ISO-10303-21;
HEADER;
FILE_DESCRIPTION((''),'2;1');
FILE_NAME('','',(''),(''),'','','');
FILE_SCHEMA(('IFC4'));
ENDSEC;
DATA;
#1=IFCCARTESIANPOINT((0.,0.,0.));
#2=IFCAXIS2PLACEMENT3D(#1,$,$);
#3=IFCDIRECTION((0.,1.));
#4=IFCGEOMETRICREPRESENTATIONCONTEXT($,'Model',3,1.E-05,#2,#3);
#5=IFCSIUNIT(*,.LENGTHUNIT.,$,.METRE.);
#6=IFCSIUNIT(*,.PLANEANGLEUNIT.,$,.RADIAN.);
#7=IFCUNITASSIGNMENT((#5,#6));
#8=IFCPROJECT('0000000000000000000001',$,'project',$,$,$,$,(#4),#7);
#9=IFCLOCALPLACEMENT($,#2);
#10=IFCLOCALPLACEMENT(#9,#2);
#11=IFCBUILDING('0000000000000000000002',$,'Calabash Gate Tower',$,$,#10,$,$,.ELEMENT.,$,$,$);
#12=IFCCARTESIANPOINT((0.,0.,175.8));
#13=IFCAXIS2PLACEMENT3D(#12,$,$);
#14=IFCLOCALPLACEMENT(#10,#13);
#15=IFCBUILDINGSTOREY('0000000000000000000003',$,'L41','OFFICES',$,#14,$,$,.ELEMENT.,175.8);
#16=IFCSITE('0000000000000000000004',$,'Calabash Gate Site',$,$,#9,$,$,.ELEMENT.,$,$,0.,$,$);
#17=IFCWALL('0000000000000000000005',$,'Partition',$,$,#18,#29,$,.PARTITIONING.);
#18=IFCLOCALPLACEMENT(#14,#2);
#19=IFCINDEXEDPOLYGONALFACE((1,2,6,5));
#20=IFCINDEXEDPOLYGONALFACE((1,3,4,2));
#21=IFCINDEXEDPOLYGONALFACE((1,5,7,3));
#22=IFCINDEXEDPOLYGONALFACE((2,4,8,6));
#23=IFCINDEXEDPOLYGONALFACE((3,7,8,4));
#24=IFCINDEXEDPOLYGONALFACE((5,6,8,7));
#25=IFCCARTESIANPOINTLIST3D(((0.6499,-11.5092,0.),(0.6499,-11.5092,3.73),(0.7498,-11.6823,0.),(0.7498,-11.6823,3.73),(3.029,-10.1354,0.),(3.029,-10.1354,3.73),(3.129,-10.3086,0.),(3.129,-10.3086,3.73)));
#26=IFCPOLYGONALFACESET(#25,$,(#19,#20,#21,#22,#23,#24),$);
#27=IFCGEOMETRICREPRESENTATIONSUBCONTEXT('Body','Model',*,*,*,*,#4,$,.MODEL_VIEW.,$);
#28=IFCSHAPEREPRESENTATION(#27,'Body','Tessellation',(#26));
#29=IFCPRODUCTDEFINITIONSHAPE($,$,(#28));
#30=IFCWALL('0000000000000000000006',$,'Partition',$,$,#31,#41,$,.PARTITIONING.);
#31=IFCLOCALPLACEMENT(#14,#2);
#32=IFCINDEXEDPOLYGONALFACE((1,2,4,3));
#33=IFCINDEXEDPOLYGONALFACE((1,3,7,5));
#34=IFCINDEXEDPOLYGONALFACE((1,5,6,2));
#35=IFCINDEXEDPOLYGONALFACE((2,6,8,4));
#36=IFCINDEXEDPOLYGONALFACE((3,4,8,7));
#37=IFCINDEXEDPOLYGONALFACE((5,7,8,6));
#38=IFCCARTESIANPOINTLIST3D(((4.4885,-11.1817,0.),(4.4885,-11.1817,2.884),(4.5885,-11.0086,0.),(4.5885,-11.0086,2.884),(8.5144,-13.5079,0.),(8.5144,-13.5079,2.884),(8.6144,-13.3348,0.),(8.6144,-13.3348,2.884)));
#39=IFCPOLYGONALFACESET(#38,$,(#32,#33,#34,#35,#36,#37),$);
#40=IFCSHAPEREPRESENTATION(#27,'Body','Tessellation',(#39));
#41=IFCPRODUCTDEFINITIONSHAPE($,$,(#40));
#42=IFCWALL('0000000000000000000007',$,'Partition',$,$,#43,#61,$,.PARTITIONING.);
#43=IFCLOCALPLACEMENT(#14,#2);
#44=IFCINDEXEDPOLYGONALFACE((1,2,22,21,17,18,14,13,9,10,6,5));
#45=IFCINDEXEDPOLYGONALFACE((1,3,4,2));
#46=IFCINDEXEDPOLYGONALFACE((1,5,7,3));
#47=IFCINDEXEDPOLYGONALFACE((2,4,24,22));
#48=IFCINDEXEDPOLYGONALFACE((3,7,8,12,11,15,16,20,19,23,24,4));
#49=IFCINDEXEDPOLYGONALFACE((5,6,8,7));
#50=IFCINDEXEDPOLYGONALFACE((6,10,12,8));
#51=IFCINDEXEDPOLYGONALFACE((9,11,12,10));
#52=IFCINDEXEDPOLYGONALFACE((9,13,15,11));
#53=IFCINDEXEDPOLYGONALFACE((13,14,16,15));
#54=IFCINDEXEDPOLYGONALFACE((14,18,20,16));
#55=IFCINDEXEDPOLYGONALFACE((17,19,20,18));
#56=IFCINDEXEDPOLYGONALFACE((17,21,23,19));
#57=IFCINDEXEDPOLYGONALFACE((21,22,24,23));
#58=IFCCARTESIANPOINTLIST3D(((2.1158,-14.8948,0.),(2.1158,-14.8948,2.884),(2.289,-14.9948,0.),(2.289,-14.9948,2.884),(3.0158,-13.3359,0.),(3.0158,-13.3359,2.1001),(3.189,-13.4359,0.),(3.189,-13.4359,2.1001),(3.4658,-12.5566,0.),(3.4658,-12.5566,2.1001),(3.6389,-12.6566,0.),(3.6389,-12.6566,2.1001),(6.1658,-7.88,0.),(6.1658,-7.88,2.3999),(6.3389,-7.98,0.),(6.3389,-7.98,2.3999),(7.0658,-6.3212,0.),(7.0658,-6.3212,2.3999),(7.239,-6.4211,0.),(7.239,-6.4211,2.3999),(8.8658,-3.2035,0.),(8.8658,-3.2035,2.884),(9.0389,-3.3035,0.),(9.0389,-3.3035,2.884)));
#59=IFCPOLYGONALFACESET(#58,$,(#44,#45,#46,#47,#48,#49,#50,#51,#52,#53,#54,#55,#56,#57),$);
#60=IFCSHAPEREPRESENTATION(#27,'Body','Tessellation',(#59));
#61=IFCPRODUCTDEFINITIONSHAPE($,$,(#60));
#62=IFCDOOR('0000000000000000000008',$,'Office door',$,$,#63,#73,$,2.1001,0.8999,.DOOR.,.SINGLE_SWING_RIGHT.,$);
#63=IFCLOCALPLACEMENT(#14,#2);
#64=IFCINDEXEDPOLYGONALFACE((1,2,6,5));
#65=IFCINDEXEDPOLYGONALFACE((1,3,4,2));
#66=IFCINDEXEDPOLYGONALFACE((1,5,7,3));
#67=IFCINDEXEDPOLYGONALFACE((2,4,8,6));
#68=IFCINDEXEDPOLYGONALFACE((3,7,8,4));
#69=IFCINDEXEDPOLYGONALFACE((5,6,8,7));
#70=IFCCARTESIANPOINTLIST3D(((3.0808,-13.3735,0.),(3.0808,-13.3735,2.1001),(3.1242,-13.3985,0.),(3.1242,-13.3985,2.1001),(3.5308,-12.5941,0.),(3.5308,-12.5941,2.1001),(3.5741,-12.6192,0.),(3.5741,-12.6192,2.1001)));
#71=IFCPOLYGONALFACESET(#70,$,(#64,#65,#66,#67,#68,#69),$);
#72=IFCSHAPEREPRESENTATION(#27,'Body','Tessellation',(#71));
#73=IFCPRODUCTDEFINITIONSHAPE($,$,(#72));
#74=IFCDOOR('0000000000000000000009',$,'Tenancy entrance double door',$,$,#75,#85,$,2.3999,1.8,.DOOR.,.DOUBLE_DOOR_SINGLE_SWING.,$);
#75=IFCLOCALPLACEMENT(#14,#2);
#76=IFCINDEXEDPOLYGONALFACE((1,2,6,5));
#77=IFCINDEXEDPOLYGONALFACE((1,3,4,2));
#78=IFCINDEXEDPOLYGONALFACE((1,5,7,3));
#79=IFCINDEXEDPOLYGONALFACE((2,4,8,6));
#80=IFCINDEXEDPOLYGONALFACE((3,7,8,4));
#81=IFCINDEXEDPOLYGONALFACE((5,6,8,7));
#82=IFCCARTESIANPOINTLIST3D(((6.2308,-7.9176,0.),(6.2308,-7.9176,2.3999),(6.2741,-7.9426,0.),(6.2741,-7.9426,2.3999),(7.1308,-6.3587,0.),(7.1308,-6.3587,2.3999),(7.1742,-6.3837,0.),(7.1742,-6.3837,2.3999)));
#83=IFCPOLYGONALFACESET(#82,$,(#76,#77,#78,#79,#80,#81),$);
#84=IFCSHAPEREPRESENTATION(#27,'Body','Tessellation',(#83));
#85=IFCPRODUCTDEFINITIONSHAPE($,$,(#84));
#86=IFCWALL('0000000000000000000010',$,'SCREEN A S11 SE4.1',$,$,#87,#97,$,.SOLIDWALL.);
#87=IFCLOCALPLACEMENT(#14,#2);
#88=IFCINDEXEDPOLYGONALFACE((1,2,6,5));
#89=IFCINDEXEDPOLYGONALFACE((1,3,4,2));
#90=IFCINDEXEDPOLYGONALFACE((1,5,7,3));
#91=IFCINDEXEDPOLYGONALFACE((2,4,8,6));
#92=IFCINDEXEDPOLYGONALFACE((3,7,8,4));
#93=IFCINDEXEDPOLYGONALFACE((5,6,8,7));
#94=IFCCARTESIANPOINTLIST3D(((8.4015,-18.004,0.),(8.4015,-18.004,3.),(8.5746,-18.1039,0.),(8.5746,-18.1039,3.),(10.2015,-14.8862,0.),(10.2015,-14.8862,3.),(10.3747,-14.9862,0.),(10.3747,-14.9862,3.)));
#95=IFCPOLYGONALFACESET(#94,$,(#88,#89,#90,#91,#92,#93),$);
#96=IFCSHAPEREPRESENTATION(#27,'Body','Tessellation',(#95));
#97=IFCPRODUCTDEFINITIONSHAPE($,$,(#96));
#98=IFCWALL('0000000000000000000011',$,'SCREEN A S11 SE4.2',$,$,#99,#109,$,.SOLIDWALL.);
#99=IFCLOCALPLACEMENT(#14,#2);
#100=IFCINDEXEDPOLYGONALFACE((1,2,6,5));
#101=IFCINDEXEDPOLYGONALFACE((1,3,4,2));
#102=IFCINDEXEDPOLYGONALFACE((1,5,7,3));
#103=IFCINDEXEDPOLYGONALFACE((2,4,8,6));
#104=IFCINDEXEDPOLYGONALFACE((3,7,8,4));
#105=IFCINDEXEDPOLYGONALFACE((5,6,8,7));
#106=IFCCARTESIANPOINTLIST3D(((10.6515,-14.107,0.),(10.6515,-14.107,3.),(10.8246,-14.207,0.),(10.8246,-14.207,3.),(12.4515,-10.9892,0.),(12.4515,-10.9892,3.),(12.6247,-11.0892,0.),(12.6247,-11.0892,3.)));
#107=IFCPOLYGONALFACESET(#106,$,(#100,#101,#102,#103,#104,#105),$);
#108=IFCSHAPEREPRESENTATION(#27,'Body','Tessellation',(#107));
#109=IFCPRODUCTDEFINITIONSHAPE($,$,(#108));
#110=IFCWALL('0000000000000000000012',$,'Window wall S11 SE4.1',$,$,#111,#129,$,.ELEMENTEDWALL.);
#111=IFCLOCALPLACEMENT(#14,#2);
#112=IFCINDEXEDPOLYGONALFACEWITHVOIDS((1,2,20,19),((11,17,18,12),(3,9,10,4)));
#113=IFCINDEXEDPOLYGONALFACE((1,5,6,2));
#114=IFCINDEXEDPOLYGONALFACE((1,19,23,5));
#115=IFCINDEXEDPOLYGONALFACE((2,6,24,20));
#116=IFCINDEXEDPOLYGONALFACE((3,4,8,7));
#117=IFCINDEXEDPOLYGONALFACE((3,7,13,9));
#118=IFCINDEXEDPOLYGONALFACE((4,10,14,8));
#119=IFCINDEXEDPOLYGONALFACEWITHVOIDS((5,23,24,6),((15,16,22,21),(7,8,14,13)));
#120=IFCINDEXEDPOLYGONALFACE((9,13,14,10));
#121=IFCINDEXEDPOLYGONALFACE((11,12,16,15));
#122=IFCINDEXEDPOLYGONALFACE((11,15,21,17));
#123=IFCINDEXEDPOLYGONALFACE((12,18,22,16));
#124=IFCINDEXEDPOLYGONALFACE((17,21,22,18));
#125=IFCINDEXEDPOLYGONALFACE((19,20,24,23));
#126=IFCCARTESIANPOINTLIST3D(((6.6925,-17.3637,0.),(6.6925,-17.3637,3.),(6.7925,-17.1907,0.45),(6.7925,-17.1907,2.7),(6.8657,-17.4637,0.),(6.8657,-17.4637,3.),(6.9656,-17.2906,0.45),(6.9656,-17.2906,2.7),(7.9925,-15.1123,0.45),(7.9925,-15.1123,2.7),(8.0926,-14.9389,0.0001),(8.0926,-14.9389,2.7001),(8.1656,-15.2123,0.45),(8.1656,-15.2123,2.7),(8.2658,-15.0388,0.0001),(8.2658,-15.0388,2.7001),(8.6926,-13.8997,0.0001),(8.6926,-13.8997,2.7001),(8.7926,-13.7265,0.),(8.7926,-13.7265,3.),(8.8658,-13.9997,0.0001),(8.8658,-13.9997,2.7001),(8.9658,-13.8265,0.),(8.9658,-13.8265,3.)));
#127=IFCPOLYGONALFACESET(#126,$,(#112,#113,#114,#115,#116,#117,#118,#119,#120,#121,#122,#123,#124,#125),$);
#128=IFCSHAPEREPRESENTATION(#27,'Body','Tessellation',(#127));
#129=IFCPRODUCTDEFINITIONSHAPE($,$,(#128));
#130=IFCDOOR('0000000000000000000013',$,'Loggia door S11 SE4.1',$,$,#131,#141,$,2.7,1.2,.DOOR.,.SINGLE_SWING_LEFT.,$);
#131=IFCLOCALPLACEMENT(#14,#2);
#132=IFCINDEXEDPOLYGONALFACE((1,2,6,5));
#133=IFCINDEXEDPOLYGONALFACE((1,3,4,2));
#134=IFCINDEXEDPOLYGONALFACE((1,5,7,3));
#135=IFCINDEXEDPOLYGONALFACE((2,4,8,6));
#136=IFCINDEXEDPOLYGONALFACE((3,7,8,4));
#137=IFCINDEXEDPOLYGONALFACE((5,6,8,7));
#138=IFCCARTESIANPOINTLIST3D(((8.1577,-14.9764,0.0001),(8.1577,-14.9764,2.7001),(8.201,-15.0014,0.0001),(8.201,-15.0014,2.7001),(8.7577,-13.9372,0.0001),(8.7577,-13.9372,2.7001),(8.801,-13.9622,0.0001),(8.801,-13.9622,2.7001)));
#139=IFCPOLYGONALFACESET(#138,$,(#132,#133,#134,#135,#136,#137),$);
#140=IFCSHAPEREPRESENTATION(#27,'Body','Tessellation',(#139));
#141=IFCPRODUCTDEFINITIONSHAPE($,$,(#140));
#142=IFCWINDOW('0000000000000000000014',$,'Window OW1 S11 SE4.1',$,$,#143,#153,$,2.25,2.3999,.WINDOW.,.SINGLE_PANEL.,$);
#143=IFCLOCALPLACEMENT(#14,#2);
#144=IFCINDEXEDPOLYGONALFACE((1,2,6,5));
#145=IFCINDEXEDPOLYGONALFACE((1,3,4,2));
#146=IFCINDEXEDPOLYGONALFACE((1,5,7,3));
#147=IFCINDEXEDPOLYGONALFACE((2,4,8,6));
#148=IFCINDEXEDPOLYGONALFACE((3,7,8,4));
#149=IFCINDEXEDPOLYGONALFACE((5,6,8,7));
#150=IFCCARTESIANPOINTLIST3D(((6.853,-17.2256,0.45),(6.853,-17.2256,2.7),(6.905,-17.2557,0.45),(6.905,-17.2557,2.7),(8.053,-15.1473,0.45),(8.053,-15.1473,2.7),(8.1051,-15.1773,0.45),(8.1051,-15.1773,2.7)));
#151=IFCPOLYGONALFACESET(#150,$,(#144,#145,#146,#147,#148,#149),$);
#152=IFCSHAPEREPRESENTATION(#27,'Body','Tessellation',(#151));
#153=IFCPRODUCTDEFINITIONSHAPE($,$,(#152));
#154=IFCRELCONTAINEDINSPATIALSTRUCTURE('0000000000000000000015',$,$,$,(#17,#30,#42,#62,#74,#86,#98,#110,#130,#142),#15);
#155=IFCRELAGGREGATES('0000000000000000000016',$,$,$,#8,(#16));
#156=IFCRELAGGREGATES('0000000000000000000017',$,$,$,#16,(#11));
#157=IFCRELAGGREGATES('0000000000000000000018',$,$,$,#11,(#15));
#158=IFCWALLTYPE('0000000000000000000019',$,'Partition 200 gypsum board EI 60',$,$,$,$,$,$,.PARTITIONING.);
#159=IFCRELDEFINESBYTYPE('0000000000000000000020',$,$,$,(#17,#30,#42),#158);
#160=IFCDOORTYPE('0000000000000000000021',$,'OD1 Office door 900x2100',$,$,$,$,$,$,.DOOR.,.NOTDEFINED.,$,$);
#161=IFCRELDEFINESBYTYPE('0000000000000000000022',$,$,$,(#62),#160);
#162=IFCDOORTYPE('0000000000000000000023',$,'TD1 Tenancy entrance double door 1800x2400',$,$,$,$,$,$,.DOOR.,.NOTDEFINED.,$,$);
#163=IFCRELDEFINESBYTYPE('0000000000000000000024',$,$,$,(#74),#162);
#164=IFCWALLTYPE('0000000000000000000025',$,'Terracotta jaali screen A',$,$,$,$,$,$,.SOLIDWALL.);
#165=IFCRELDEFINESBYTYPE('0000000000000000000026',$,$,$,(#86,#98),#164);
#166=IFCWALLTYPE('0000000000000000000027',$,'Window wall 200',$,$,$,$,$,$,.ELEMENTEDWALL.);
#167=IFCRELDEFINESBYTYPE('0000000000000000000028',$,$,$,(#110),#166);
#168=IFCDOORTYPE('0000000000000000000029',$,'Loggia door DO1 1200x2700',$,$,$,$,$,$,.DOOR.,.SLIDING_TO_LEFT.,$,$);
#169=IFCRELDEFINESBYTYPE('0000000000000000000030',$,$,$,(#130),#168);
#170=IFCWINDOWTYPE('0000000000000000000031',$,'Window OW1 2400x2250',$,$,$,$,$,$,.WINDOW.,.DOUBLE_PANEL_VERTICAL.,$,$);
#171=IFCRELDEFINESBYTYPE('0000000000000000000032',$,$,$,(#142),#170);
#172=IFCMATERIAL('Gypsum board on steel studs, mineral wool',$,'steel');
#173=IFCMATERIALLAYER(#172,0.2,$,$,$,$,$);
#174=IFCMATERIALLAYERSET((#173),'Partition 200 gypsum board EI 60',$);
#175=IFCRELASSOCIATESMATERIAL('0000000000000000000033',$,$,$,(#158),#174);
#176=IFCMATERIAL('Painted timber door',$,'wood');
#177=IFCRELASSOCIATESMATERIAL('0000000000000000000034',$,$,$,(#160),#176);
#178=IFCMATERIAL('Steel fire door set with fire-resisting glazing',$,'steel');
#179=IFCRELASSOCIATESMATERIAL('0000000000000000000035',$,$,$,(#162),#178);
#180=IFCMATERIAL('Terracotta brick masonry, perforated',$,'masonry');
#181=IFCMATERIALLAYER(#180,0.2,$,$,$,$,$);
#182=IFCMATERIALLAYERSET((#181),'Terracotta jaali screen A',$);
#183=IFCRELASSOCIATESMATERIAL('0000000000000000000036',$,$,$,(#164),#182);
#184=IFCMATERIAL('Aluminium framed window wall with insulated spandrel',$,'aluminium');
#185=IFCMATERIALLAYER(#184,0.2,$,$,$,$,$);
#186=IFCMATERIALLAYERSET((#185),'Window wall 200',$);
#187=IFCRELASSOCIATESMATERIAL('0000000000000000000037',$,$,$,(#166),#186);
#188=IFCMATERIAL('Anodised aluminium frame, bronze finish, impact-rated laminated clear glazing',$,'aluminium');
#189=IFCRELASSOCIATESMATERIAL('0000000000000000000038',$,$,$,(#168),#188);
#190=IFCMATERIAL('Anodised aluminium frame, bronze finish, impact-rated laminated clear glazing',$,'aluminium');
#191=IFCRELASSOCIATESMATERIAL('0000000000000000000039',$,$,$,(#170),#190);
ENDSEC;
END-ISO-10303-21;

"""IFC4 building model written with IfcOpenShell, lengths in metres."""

from ifc_helpers import new_model, si_unit, direction, frame, frame_2d, origin, place, context, subcontext, project, spatial, rectangle, extrude, material, layer, layer_set, type_object, element, fill, save


model = new_model("IFC4")

# Units and contexts
model_context = context("Model", 3, precision=1e-05, world=origin(), true_north=direction((0.0, 1.0)))
body_context = subcontext(model_context, "Body", "Model", "MODEL_VIEW")
ifc_project = project(units=[si_unit("LENGTHUNIT", "METRE"), si_unit("PLANEANGLEUNIT", "RADIAN")], contexts=[model_context])

# Site, building, storey
site_placement = place(None, origin())
site = spatial("IfcSite", under=ifc_project, at=site_placement, Name="Calabash Gate Site", CompositionType="ELEMENT", RefElevation=0.0)
building_placement = place(site_placement, origin())
building = spatial("IfcBuilding", under=site, at=building_placement, Name="Calabash Gate Tower", CompositionType="ELEMENT")
storey_placement = place(building_placement, frame((0.0, 0.0, 175.8)))
storey = spatial("IfcBuildingStorey", under=building, at=storey_placement, Name="L41", Description="OFFICES", CompositionType="ELEMENT", Elevation=175.8)

# Shared definitions
ifc_material_1 = material(Name="Gypsum board on steel studs, mineral wool", Category="steel")
ifc_layer_1 = layer(ifc_material_1, 0.2)
ifc_layer_set_1 = layer_set([ifc_layer_1], Name="Partition 200 gypsum board EI 60")
wall_type_1 = type_object("IfcWallType", Name="Partition 200 gypsum board EI 60", PredefinedType="PARTITIONING", material=ifc_layer_set_1)

# Walls
wall_1_placement = place(storey_placement, frame((0.7, -11.5957, 0.0), z_axis=(0.0, 0.0, 1.0), x_axis=(0.865998, 0.500048, 0.0)))
element("IfcWall", 1, at=wall_1_placement, inside=storey, type_object=wall_type_1, Name="Partition", PredefinedType="PARTITIONING", context=body_context, shape_type="SweptSolid", body=[
    extrude(rectangle(XDim=2.7473, YDim=0.2, at=frame_2d((1.3735, 0.0))), origin(), (0.0, 0.0, 1.0), 3.73),
])
wall_2_placement = place(storey_placement, frame((4.5386, -11.0952, 0.0), z_axis=(0.0, 0.0, 1.0), x_axis=(0.865855, -0.500295, 0.0)))
element("IfcWall", 2, at=wall_2_placement, inside=storey, type_object=wall_type_1, Name="Partition", PredefinedType="PARTITIONING", context=body_context, shape_type="SweptSolid", body=[
    extrude(rectangle(XDim=4.6497, YDim=0.2, at=frame_2d((2.3247, 0.0))), origin(), (0.0, 0.0, 1.0), 2.884),
])

# Wall, openings, doors
wall_3_placement = place(storey_placement, frame((2.2024, -14.9448, 0.0), z_axis=(0.0, 0.0, 1.0), x_axis=(0.499998, 0.866027, 0.0)))
wall_3 = element("IfcWall", 3, at=wall_3_placement, inside=storey, type_object=wall_type_1, Name="Partition", PredefinedType="PARTITIONING", context=body_context, shape_type="SweptSolid", body=[
    extrude(rectangle(XDim=13.5, YDim=0.2, at=frame_2d((6.75, 0.0))), origin(), (0.0, 0.0, 1.0), 2.884),
])
opening_1_placement = place(wall_3_placement, frame((1.8, 0.0, 0.0)))
opening_1 = element("IfcOpeningElement", 4, at=opening_1_placement, cuts=wall_3, PredefinedType="OPENING", context=body_context, shape_type="SweptSolid", body=[
    extrude(rectangle(XDim=0.8999, YDim=2.1001, at=frame_2d((0.45, 1.05))), frame((0.0, 0.1099, 0.0), z_axis=(0.0, -1.0, 0.0), x_axis=(1.0, 0.0, 0.0)), (0.0, 0.0, 1.0), 0.22),
])
opening_2_placement = place(wall_3_placement, frame((8.1001, 0.0, 0.0)))
opening_2 = element("IfcOpeningElement", 5, at=opening_2_placement, cuts=wall_3, PredefinedType="OPENING", context=body_context, shape_type="SweptSolid", body=[
    extrude(rectangle(XDim=1.8, YDim=2.3999, at=frame_2d((0.8999, 1.2))), frame((0.0, 0.1099, 0.0), z_axis=(0.0, -1.0, 0.0), x_axis=(1.0, 0.0, 0.0)), (0.0, 0.0, 1.0), 0.22),
])
ifc_material_2 = material(Name="Painted timber door", Category="wood")
door_type_1 = type_object("IfcDoorType", Name="OD1 Office door 900x2100", OperationType="NOTDEFINED", PredefinedType="DOOR", material=ifc_material_2)
door_1_placement = place(opening_1_placement, origin())
door_1 = element("IfcDoor", 6, at=door_1_placement, inside=storey, type_object=door_type_1, Name="Office door", OperationType="SINGLE_SWING_RIGHT", OverallHeight=2.1001, OverallWidth=0.8999, PredefinedType="DOOR", context=body_context, shape_type="SweptSolid", body=[
    extrude(rectangle(XDim=0.8999, YDim=2.1001, at=frame_2d((0.45, 1.05))), frame((0.0, 0.0249, 0.0), z_axis=(0.0, -1.0, 0.0), x_axis=(1.0, 0.0, 0.0)), (0.0, 0.0, 1.0), 0.05),
])
fill(opening_1, door_1)
ifc_material_3 = material(Name="Steel fire door set with fire-resisting glazing", Category="steel")
door_type_2 = type_object("IfcDoorType", Name="TD1 Tenancy entrance double door 1800x2400", OperationType="NOTDEFINED", PredefinedType="DOOR", material=ifc_material_3)
door_2_placement = place(opening_2_placement, origin())
door_2 = element("IfcDoor", 7, at=door_2_placement, inside=storey, type_object=door_type_2, Name="Tenancy entrance double door", OperationType="DOUBLE_DOOR_SINGLE_SWING", OverallHeight=2.3999, OverallWidth=1.8, PredefinedType="DOOR", context=body_context, shape_type="SweptSolid", body=[
    extrude(rectangle(XDim=1.8, YDim=2.3999, at=frame_2d((0.8999, 1.2))), frame((0.0, 0.0249, 0.0), z_axis=(0.0, -1.0, 0.0), x_axis=(1.0, 0.0, 0.0)), (0.0, 0.0, 1.0), 0.05),
])
fill(opening_2, door_2)

# Walls
ifc_material_4 = material(Name="Terracotta brick masonry, perforated", Category="masonry")
ifc_layer_2 = layer(ifc_material_4, 0.2)
ifc_layer_set_2 = layer_set([ifc_layer_2], Name="Terracotta jaali screen A")
wall_type_2 = type_object("IfcWallType", Name="Terracotta jaali screen A", PredefinedType="SOLIDWALL", material=ifc_layer_set_2)
for number, where, z_axis, x_axis, name in (
    (8, (8.488, -18.054, 0.0), (0.0, 0.0, 1.0), (0.500012, 0.866018, 0.0), "SCREEN A S11 SE4.1"),
    (9, (10.738, -14.157, 0.0), (0.0, 0.0, 1.0), (0.500012, 0.866018, 0.0), "SCREEN A S11 SE4.2"),
):
    element("IfcWall", number, at=place(storey_placement, frame(where, z_axis=z_axis, x_axis=x_axis)), inside=storey, type_object=wall_type_2, Name=name, PredefinedType="SOLIDWALL", context=body_context, shape_type="SweptSolid", body=[
        extrude(rectangle(XDim=3.6001, YDim=0.2, at=frame_2d((1.8, 0.0))), origin(), (0.0, 0.0, 1.0), 3.0),
    ])

# Wall, openings, door, window
ifc_material_5 = material(Name="Aluminium framed window wall with insulated spandrel", Category="aluminium")
ifc_layer_3 = layer(ifc_material_5, 0.2)
ifc_layer_set_3 = layer_set([ifc_layer_3], Name="Window wall 200")
wall_type_3 = type_object("IfcWallType", Name="Window wall 200", PredefinedType="ELEMENTEDWALL", material=ifc_layer_set_3)
wall_4_placement = place(storey_placement, frame((6.7791, -17.4138, 0.0), z_axis=(0.0, 0.0, 1.0), x_axis=(0.500028, 0.866009, 0.0)))
wall_4 = element("IfcWall", 10, at=wall_4_placement, inside=storey, type_object=wall_type_3, Name="Window wall S11 SE4.1", PredefinedType="ELEMENTEDWALL", context=body_context, shape_type="SweptSolid", body=[
    extrude(rectangle(XDim=4.2, YDim=0.2, at=frame_2d((2.1001, 0.0))), origin(), (0.0, 0.0, 1.0), 3.0),
])
opening_3_placement = place(wall_4_placement, frame((0.2, 0.0, 0.45)))
opening_3 = element("IfcOpeningElement", 11, at=opening_3_placement, cuts=wall_4, PredefinedType="OPENING", context=body_context, shape_type="SweptSolid", body=[
    extrude(rectangle(XDim=2.3999, YDim=2.25, at=frame_2d((1.2, 1.125))), frame((0.0, 0.1099, 0.0), z_axis=(0.0, -1.0, 0.0), x_axis=(1.0, 0.0, 0.0)), (0.0, 0.0, 1.0), 0.22),
])
opening_4_placement = place(wall_4_placement, frame((2.8, 0.0, 0.0)))
opening_4 = element("IfcOpeningElement", 12, at=opening_4_placement, cuts=wall_4, PredefinedType="OPENING", context=body_context, shape_type="SweptSolid", body=[
    extrude(rectangle(XDim=1.2, YDim=2.7, at=frame_2d((0.6001, 1.3501))), frame((0.0, 0.1099, 0.0), z_axis=(0.0, -1.0, 0.0), x_axis=(1.0, 0.0, 0.0)), (0.0, 0.0, 1.0), 0.22),
])
ifc_material_6 = material(Name="Anodised aluminium frame, bronze finish, impact-rated laminated clear glazing", Category="aluminium")
door_type_3 = type_object("IfcDoorType", Name="Loggia door DO1 1200x2700", OperationType="SLIDING_TO_LEFT", PredefinedType="DOOR", material=ifc_material_6)
door_3_placement = place(opening_4_placement, origin())
door_3 = element("IfcDoor", 13, at=door_3_placement, inside=storey, type_object=door_type_3, Name="Loggia door S11 SE4.1", OperationType="SINGLE_SWING_LEFT", OverallHeight=2.7, OverallWidth=1.2, PredefinedType="DOOR", context=body_context, shape_type="SweptSolid", body=[
    extrude(rectangle(XDim=1.2, YDim=2.7, at=frame_2d((0.6001, 1.3501))), frame((0.0, 0.0249, 0.0), z_axis=(0.0, -1.0, 0.0), x_axis=(1.0, 0.0, 0.0)), (0.0, 0.0, 1.0), 0.05),
])
fill(opening_4, door_3)
ifc_material_7 = material(Name="Anodised aluminium frame, bronze finish, impact-rated laminated clear glazing", Category="aluminium")
window_type_1 = type_object("IfcWindowType", Name="Window OW1 2400x2250", PartitioningType="DOUBLE_PANEL_VERTICAL", PredefinedType="WINDOW", material=ifc_material_7)
window_1_placement = place(opening_3_placement, origin())
window_1 = element("IfcWindow", 14, at=window_1_placement, inside=storey, type_object=window_type_1, Name="Window OW1 S11 SE4.1", OverallHeight=2.25, OverallWidth=2.3999, PartitioningType="SINGLE_PANEL", PredefinedType="WINDOW", context=body_context, shape_type="SweptSolid", body=[
    extrude(rectangle(XDim=2.3999, YDim=2.25, at=frame_2d((1.2, 1.125))), frame((0.0, 0.03, 0.0), z_axis=(0.0, -1.0, 0.0), x_axis=(1.0, 0.0, 0.0)), (0.0, 0.0, 1.0), 0.0601),
])
fill(opening_3, window_1)

save(model, "model.ifc")
